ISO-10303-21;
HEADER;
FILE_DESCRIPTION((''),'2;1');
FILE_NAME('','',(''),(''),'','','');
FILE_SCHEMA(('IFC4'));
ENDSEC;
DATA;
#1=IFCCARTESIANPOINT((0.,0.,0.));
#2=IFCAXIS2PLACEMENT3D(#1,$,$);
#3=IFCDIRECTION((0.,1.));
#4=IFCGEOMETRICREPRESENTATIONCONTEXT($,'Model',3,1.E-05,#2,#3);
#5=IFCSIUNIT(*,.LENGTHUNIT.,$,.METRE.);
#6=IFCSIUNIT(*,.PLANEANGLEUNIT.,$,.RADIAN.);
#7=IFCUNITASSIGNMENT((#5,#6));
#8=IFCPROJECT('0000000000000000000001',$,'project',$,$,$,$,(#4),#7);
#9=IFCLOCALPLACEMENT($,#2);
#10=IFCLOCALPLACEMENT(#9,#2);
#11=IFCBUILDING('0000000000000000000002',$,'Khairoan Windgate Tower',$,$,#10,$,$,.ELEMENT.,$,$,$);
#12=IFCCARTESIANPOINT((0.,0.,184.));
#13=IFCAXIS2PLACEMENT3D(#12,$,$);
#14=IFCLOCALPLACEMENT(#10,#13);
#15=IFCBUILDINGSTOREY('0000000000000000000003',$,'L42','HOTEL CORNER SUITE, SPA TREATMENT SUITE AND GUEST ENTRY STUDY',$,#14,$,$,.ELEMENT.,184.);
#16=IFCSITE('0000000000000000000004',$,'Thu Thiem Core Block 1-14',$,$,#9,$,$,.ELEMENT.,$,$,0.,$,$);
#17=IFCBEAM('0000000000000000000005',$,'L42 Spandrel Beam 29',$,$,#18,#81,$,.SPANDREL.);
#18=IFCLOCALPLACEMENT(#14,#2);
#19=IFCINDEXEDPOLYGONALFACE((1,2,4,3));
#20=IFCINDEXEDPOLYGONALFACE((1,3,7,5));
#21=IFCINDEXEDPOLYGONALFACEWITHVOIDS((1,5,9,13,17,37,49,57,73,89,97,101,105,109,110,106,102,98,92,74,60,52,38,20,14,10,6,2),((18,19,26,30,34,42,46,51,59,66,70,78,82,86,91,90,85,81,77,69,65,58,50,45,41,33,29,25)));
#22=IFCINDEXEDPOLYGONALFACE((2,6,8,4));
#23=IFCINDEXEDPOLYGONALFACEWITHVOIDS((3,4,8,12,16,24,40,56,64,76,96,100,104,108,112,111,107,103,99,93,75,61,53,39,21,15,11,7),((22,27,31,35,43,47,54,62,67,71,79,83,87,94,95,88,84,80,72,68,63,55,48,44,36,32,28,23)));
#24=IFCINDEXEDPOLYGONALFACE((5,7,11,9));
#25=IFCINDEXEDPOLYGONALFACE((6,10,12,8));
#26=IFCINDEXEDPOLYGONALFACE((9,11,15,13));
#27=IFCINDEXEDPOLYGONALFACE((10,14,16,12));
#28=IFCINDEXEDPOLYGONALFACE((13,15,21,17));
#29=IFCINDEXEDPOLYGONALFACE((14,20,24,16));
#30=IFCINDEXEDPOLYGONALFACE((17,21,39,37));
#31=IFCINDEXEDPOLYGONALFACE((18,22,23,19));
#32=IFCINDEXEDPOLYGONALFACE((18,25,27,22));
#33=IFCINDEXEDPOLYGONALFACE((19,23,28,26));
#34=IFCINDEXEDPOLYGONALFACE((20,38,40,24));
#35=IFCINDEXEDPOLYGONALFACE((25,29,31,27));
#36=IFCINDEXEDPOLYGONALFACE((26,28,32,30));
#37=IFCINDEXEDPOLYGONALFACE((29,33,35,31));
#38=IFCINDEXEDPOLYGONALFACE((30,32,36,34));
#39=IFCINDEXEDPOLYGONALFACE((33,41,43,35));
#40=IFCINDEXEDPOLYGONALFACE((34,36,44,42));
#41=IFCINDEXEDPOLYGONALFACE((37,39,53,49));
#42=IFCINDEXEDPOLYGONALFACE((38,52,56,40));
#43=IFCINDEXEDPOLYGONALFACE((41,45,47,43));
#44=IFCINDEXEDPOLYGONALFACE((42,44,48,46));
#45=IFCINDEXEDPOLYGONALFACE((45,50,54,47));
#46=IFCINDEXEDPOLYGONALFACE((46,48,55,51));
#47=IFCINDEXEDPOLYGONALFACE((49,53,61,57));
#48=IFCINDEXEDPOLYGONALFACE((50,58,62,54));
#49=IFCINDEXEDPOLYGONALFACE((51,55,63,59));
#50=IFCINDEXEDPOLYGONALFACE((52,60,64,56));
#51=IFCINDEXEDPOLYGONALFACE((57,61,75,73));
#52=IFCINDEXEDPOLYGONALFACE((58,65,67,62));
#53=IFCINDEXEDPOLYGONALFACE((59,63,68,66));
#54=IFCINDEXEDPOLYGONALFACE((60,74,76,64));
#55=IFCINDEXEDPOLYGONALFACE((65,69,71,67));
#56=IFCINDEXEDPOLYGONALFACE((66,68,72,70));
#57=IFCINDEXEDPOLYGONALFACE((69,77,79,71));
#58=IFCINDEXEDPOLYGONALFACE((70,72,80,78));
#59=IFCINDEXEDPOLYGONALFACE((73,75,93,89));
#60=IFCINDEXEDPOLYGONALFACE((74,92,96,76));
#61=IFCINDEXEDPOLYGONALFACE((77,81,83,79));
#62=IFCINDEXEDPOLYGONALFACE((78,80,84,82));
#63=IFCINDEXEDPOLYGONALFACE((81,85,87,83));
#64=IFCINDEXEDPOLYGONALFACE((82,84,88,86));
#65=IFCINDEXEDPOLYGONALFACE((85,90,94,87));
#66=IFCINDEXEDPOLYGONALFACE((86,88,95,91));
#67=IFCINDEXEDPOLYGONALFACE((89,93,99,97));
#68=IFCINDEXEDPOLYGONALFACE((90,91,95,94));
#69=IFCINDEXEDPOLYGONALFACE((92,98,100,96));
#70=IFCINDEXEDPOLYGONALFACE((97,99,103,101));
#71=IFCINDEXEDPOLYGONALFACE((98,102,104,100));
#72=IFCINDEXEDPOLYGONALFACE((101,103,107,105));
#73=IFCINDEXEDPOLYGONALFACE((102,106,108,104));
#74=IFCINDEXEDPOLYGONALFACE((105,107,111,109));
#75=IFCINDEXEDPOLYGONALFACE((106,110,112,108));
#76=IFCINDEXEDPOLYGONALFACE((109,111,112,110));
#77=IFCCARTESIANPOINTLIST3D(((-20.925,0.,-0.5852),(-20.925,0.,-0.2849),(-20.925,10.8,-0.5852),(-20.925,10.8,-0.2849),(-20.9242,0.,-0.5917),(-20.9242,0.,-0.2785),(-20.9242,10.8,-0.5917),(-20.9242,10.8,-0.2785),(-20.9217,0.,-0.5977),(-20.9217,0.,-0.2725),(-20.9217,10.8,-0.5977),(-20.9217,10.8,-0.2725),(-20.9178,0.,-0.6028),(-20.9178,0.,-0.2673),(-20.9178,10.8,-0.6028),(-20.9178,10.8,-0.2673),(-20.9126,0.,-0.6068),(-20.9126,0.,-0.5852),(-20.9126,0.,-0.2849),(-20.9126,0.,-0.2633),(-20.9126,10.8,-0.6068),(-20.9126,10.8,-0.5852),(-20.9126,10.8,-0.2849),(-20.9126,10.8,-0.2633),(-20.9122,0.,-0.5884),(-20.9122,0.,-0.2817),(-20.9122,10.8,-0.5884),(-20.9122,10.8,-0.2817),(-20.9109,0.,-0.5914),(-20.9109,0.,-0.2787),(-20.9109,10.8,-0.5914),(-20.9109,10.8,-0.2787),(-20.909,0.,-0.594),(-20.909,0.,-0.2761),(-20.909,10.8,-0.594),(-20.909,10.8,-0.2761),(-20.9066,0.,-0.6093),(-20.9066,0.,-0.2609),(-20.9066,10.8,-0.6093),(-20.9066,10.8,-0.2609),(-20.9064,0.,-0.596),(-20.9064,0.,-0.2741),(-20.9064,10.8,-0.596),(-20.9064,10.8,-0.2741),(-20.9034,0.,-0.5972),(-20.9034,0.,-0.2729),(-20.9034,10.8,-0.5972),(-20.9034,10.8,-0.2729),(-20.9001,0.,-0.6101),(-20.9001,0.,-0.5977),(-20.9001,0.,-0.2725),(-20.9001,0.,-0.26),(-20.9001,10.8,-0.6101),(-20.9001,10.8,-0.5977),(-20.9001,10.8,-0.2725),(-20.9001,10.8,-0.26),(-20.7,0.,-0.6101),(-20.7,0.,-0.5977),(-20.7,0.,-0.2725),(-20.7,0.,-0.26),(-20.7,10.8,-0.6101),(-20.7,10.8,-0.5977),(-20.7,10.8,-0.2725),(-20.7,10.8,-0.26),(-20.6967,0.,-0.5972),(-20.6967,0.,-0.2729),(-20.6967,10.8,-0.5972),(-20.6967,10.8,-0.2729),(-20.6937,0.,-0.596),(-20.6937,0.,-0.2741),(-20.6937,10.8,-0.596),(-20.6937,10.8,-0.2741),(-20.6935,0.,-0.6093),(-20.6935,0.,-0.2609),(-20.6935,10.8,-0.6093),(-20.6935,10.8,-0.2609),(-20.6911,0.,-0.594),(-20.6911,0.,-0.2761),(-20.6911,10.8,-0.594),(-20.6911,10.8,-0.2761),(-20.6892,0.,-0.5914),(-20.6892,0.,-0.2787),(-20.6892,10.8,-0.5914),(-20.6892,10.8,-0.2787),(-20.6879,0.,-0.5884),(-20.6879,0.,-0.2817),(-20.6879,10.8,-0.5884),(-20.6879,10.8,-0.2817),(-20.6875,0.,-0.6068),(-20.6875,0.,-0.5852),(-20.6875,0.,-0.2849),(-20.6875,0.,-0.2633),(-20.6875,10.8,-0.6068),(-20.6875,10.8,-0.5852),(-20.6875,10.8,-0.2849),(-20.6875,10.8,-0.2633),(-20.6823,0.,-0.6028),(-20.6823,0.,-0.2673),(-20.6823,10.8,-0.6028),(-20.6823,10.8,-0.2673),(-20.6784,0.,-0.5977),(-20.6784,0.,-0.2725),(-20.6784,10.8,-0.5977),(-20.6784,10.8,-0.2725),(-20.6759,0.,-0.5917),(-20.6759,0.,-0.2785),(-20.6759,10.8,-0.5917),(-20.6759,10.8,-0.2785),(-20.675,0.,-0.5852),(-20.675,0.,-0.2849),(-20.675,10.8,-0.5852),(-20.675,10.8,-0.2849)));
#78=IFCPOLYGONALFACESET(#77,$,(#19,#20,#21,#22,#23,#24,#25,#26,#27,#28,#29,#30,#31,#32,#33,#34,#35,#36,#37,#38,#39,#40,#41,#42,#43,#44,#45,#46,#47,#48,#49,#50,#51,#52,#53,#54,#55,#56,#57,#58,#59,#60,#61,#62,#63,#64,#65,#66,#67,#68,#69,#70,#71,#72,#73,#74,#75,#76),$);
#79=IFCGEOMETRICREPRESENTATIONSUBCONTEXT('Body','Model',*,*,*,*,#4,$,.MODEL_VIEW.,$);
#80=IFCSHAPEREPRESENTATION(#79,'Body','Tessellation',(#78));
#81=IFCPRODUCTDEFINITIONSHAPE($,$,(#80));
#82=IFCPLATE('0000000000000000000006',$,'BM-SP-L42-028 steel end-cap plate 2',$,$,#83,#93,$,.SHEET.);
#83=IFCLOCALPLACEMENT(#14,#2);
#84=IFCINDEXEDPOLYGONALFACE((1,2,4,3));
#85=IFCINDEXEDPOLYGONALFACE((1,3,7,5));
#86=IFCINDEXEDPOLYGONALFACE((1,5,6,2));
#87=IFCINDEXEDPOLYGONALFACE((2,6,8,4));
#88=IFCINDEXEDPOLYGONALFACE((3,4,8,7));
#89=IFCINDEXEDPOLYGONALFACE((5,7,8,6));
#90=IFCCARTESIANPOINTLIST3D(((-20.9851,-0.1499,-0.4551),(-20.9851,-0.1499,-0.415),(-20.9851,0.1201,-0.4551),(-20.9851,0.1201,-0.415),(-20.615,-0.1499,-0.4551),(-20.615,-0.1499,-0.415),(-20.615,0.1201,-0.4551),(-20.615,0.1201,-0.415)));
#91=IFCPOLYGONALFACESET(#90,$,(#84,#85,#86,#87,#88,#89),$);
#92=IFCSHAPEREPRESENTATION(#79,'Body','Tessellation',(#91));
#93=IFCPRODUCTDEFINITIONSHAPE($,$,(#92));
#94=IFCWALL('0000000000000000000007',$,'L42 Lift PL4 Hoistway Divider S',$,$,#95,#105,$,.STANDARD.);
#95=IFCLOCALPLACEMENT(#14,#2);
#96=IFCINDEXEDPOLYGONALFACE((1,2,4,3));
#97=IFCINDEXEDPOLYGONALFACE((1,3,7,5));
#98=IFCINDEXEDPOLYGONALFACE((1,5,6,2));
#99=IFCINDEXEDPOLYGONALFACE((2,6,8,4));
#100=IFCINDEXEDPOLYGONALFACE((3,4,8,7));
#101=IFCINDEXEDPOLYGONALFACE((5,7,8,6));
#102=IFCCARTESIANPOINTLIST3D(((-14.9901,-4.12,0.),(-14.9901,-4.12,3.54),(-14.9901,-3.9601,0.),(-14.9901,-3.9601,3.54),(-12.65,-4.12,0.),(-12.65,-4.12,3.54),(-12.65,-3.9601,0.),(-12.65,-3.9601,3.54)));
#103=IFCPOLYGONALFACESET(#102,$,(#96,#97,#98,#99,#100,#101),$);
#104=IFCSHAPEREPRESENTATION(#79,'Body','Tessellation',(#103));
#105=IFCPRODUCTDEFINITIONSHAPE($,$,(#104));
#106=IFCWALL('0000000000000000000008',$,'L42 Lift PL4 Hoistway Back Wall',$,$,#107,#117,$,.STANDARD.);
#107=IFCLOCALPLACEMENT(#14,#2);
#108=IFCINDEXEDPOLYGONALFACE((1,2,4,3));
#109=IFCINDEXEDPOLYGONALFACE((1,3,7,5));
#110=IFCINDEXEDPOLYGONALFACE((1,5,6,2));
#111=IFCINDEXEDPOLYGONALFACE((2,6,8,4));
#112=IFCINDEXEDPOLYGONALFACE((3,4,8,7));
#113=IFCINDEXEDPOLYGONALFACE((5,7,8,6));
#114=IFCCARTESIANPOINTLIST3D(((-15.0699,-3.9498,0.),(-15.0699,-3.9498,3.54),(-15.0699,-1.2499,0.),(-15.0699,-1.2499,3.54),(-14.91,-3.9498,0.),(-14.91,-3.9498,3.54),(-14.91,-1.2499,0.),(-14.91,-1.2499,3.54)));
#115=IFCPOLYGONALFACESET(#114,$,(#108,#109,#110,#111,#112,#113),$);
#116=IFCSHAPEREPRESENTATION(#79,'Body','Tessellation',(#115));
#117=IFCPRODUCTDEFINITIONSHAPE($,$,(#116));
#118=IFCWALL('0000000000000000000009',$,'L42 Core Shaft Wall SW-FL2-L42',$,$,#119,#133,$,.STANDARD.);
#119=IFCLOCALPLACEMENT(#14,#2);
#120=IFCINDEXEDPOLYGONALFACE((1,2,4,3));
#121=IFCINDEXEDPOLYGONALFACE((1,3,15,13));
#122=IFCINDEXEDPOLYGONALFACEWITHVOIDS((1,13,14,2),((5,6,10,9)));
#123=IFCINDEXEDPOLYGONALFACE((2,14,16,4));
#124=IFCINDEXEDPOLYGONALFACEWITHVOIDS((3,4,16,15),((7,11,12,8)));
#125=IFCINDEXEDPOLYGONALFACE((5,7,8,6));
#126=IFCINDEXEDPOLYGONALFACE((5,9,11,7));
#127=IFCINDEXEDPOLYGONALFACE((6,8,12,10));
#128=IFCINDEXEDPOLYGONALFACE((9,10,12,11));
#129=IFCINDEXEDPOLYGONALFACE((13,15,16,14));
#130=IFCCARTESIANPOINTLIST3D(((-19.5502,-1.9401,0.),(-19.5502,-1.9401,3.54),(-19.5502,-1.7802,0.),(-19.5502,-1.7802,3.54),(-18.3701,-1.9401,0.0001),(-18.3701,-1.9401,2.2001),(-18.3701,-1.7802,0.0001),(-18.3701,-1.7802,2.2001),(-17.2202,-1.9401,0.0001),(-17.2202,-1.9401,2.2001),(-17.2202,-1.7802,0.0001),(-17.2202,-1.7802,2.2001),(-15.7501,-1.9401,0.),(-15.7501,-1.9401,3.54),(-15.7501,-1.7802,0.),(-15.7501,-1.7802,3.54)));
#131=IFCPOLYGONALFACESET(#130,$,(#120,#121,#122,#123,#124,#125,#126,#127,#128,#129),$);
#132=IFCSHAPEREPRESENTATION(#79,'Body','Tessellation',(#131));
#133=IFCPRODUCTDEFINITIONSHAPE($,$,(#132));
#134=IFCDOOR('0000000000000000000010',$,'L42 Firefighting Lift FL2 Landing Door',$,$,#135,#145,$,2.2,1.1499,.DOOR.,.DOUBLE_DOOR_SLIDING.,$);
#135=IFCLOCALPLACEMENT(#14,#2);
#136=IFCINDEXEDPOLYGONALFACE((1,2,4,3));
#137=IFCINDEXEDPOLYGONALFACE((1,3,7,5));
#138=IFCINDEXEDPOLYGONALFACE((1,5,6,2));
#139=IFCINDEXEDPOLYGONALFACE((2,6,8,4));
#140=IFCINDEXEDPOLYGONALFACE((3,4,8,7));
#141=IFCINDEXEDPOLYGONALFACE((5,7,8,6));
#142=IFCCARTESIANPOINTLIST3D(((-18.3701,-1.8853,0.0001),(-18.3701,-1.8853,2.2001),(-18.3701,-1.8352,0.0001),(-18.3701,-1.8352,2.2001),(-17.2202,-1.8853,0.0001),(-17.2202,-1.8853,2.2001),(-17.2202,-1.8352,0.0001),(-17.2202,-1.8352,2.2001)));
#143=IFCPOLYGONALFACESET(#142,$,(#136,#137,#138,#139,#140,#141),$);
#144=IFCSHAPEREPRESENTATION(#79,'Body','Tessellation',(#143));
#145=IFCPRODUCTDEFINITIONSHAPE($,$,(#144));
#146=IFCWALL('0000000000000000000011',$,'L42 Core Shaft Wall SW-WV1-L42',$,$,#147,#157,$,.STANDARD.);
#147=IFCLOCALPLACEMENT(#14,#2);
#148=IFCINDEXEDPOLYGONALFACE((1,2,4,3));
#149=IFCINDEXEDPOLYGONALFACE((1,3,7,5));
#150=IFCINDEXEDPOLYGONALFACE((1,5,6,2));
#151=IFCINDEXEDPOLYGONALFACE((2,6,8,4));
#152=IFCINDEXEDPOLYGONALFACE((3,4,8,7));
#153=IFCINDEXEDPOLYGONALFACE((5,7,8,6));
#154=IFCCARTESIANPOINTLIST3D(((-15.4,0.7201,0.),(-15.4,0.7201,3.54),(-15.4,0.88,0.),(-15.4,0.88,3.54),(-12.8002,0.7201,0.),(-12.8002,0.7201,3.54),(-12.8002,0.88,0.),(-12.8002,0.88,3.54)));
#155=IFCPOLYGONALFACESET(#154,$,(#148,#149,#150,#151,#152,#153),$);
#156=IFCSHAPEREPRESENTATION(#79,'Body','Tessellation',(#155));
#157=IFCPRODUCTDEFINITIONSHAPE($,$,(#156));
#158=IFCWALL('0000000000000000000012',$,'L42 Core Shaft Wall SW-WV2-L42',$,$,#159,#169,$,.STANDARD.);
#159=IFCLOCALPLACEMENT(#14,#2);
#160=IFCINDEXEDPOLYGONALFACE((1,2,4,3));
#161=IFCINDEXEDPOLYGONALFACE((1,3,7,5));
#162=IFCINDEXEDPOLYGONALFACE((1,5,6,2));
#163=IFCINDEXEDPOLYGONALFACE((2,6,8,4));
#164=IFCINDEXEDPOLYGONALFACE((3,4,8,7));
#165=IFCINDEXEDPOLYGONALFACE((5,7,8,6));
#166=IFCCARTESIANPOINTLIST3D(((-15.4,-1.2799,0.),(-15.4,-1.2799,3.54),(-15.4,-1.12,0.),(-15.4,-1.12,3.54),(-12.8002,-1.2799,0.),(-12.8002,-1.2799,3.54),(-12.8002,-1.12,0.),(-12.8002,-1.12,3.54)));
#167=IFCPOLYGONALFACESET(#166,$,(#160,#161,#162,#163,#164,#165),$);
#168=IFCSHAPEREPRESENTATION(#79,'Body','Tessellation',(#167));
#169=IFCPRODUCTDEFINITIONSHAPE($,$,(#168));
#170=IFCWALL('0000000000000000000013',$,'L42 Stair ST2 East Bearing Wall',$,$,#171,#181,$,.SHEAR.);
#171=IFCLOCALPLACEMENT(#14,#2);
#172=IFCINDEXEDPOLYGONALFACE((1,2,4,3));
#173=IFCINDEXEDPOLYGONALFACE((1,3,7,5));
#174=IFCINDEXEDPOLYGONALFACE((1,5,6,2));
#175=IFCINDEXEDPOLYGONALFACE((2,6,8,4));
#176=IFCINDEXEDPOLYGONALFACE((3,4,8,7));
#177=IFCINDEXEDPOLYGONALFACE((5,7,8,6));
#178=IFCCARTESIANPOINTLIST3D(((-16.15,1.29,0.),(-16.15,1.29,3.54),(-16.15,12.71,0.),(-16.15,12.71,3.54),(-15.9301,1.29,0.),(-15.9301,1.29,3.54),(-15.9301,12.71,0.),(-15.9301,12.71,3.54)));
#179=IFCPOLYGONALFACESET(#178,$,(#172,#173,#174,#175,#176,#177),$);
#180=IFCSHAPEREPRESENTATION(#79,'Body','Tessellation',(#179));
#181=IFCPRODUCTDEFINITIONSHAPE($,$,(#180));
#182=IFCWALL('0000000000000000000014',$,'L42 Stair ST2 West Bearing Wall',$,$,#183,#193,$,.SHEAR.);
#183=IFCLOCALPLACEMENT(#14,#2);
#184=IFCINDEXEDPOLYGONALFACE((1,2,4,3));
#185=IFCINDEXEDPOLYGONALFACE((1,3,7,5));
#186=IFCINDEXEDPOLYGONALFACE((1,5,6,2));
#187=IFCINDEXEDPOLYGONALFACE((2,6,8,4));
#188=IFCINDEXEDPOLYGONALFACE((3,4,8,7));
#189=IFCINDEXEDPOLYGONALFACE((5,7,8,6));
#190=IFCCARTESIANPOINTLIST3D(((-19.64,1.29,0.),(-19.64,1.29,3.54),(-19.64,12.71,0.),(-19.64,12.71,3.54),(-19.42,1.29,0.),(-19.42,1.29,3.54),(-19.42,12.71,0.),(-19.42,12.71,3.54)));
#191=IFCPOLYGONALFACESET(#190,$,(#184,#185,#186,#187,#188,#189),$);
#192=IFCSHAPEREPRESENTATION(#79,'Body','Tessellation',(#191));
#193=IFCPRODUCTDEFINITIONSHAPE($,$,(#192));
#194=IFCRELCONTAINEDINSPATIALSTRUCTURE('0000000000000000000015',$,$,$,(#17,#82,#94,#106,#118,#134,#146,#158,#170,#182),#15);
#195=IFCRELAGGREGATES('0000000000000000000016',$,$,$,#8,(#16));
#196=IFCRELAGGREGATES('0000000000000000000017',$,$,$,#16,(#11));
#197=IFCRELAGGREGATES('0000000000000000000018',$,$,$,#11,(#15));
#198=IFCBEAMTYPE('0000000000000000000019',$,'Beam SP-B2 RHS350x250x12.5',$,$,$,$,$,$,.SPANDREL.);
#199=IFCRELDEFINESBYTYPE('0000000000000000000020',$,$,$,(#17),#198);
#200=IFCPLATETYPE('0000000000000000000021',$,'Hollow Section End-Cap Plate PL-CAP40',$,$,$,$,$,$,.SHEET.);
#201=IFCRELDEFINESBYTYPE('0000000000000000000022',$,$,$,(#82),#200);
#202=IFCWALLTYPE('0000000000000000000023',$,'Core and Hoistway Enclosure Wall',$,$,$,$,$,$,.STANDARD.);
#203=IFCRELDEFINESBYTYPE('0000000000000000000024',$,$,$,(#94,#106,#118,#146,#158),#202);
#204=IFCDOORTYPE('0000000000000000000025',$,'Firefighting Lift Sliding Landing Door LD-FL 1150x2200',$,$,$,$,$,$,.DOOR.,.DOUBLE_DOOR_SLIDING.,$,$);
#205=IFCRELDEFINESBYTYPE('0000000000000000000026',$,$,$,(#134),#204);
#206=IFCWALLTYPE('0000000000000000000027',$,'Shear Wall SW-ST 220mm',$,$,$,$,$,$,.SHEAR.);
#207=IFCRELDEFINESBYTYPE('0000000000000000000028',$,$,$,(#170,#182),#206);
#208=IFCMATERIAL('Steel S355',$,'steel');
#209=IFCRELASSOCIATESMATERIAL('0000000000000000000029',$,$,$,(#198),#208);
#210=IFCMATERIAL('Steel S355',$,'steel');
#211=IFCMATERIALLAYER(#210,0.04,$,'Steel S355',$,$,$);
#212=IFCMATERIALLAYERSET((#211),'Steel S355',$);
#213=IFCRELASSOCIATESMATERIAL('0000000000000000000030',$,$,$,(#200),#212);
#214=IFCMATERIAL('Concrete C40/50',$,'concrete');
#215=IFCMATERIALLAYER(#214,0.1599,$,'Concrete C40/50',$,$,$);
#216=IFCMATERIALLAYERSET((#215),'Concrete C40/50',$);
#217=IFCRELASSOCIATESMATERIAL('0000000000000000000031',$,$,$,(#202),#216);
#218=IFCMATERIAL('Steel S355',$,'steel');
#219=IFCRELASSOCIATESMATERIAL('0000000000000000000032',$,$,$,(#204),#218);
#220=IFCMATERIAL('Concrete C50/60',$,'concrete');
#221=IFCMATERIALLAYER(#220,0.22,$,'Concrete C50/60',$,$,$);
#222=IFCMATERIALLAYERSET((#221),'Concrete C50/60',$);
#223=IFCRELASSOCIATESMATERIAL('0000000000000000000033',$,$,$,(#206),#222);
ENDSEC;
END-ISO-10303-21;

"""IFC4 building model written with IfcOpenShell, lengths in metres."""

from ifc_helpers import new_model, si_unit, direction, frame, frame_2d, origin, origin_2d, place, context, subcontext, project, spatial, rectangle, hollow_rectangle, extrude, material, layer, layer_set, material_profile, profile_set, type_object, element, fill, save


model = new_model("IFC4")

# Units and contexts
model_context = context("Model", 3, precision=1e-05, world=origin(), true_north=direction((0.0, 1.0)))
body_context = subcontext(model_context, "Body", "Model", "MODEL_VIEW")
ifc_project = project(units=[si_unit("LENGTHUNIT", "METRE"), si_unit("PLANEANGLEUNIT", "RADIAN")], contexts=[model_context])

# Site, building, storey
site_placement = place(None, origin())
site = spatial("IfcSite", under=ifc_project, at=site_placement, Name="Thu Thiem Core Block 1-14", CompositionType="ELEMENT", RefElevation=0.0)
building_placement = place(site_placement, origin())
building = spatial("IfcBuilding", under=site, at=building_placement, Name="Khairoan Windgate Tower", CompositionType="ELEMENT")
storey_placement = place(building_placement, frame((0.0, 0.0, 184.0)))
storey = spatial("IfcBuildingStorey", under=building, at=storey_placement, Name="L42", Description="HOTEL CORNER SUITE, SPA TREATMENT SUITE AND GUEST ENTRY STUDY", CompositionType="ELEMENT", Elevation=184.0)

# Beam
ifc_material_1 = material(Name="Steel S355", Category="steel")
ifc_material_profile_1 = material_profile(ifc_material_1, hollow_rectangle(XDim=0.25, YDim=0.3501, WallThickness=0.0125, InnerFilletRadius=0.0125, OuterFilletRadius=0.0249, at=origin_2d()))
ifc_profile_set_1 = profile_set([ifc_material_profile_1], Name="Steel S355")
beam_type_1 = type_object("IfcBeamType", Name="Beam SP-B2 RHS350x250x12.5", PredefinedType="SPANDREL", material=ifc_profile_set_1)
beam_1_placement = place(storey_placement, frame((-20.8, 0.0, -0.4351), z_axis=(0.0, 1.0, 0.0), x_axis=(-1.0, 0.0, 0.0)))
element("IfcBeam", 1, at=beam_1_placement, inside=storey, type_object=beam_type_1, Name="L42 Spandrel Beam 29", PredefinedType="SPANDREL", context=body_context, shape_type="SweptSolid", body=[
    extrude(hollow_rectangle(XDim=0.25, YDim=0.3501, WallThickness=0.0125, InnerFilletRadius=0.0125, OuterFilletRadius=0.0249, at=origin_2d()), origin(), (0.0, 0.0, 1.0), 10.8),
])

# Plate
ifc_material_2 = material(Name="Steel S355", Category="steel")
ifc_layer_1 = layer(ifc_material_2, 0.04, Name="Steel S355")
ifc_layer_set_1 = layer_set([ifc_layer_1], Name="Steel S355")
plate_type = type_object("IfcPlateType", Name="Hollow Section End-Cap Plate PL-CAP40", PredefinedType="SHEET", material=ifc_layer_set_1)
plate_placement = place(storey_placement, frame((-20.8, -0.0149, -0.4551), z_axis=(0.0, 0.0, 1.0), x_axis=(0.0, 1.0, 0.0)))
element("IfcPlate", 2, at=plate_placement, inside=storey, type_object=plate_type, Name="BM-SP-L42-028 steel end-cap plate 2", PredefinedType="SHEET", context=body_context, shape_type="SweptSolid", body=[
    extrude(rectangle(XDim=0.27, YDim=0.3701, at=origin_2d()), origin(), (0.0, 0.0, 1.0), 0.04),
])

# Walls
ifc_material_3 = material(Name="Concrete C40/50", Category="concrete")
ifc_layer_2 = layer(ifc_material_3, 0.1599, Name="Concrete C40/50")
ifc_layer_set_2 = layer_set([ifc_layer_2], Name="Concrete C40/50")
wall_type_1 = type_object("IfcWallType", Name="Core and Hoistway Enclosure Wall", PredefinedType="STANDARD", material=ifc_layer_set_2)
wall_1_placement = place(storey_placement, frame((-14.99, -4.04, 0.0), z_axis=(0.0, 0.0, 1.0), x_axis=(1.0, 0.0, 0.0)))
element("IfcWall", 3, at=wall_1_placement, inside=storey, type_object=wall_type_1, Name="L42 Lift PL4 Hoistway Divider S", PredefinedType="STANDARD", context=body_context, shape_type="SweptSolid", body=[
    extrude(rectangle(XDim=2.3401, YDim=0.1599, at=frame_2d((1.1699, 0.0))), origin(), (0.0, 0.0, 1.0), 3.54),
])
wall_2_placement = place(storey_placement, frame((-14.99, -3.95, 0.0), z_axis=(0.0, 0.0, 1.0), x_axis=(0.0, 1.0, 0.0)))
element("IfcWall", 4, at=wall_2_placement, inside=storey, type_object=wall_type_1, Name="L42 Lift PL4 Hoistway Back Wall", PredefinedType="STANDARD", context=body_context, shape_type="SweptSolid", body=[
    extrude(rectangle(XDim=2.7, YDim=0.1599, at=frame_2d((1.3501, 0.0))), origin(), (0.0, 0.0, 1.0), 3.54),
])

# Wall, opening, door
wall_3_placement = place(storey_placement, frame((-19.55, -1.8601, 0.0), z_axis=(0.0, 0.0, 1.0), x_axis=(1.0, 0.0, 0.0)))
wall_3 = element("IfcWall", 5, at=wall_3_placement, inside=storey, type_object=wall_type_1, Name="L42 Core Shaft Wall SW-FL2-L42", PredefinedType="STANDARD", context=body_context, shape_type="SweptSolid", body=[
    extrude(rectangle(XDim=3.8, YDim=0.1599, at=frame_2d((1.8999, 0.0))), origin(), (0.0, 0.0, 1.0), 3.54),
])
opening_1_placement = place(wall_3_placement, frame((1.1799, 0.0, 0.0)))
opening_1 = element("IfcOpeningElement", 6, at=opening_1_placement, cuts=wall_3, PredefinedType="OPENING", context=body_context, shape_type="SweptSolid", body=[
    extrude(rectangle(XDim=1.1499, YDim=2.2, at=frame_2d((0.575, 1.1001))), frame((0.0, 0.0898, 0.0), z_axis=(0.0, -1.0, 0.0), x_axis=(1.0, 0.0, 0.0)), (0.0, 0.0, 1.0), 0.1799),
])
ifc_material_4 = material(Name="Steel S355", Category="steel")
door_type_1 = type_object("IfcDoorType", Name="Firefighting Lift Sliding Landing Door LD-FL 1150x2200", OperationType="DOUBLE_DOOR_SLIDING", PredefinedType="DOOR", material=ifc_material_4)
door_1_placement = place(opening_1_placement, origin())
door_1 = element("IfcDoor", 7, at=door_1_placement, inside=storey, type_object=door_type_1, Name="L42 Firefighting Lift FL2 Landing Door", OperationType="DOUBLE_DOOR_SLIDING", OverallHeight=2.2, OverallWidth=1.1499, PredefinedType="DOOR", context=body_context, shape_type="SweptSolid", body=[
    extrude(rectangle(XDim=1.1499, YDim=2.2, at=frame_2d((0.575, 1.1001))), frame((0.0, 0.0249, 0.0), z_axis=(0.0, -1.0, 0.0), x_axis=(1.0, 0.0, 0.0)), (0.0, 0.0, 1.0), 0.05),
])
fill(opening_1, door_1)

# Walls
for number, where, z_axis, x_axis, name in (
    (8, (-15.3999, 0.8, 0.0), (0.0, 0.0, 1.0), (1.0, 0.0, 0.0), "L42 Core Shaft Wall SW-WV1-L42"),
    (9, (-15.3999, -1.2, 0.0), (0.0, 0.0, 1.0), (1.0, 0.0, 0.0), "L42 Core Shaft Wall SW-WV2-L42"),
):
    element("IfcWall", number, at=place(storey_placement, frame(where, z_axis=z_axis, x_axis=x_axis)), inside=storey, type_object=wall_type_1, Name=name, PredefinedType="STANDARD", context=body_context, shape_type="SweptSolid", body=[
        extrude(rectangle(XDim=2.5999, YDim=0.1599, at=frame_2d((1.2998, 0.0))), origin(), (0.0, 0.0, 1.0), 3.54),
    ])
ifc_material_5 = material(Name="Concrete C50/60", Category="concrete")
ifc_layer_3 = layer(ifc_material_5, 0.22, Name="Concrete C50/60")
ifc_layer_set_3 = layer_set([ifc_layer_3], Name="Concrete C50/60")
wall_type_2 = type_object("IfcWallType", Name="Shear Wall SW-ST 220mm", PredefinedType="SHEAR", material=ifc_layer_set_3)
for number, where, z_axis, x_axis, name in (
    (10, (-16.04, 1.29, 0.0), (0.0, 0.0, 1.0), (0.0, 1.0, 0.0), "L42 Stair ST2 East Bearing Wall"),
    (11, (-19.53, 1.29, 0.0), (0.0, 0.0, 1.0), (0.0, 1.0, 0.0), "L42 Stair ST2 West Bearing Wall"),
):
    element("IfcWall", number, at=place(storey_placement, frame(where, z_axis=z_axis, x_axis=x_axis)), inside=storey, type_object=wall_type_2, Name=name, PredefinedType="SHEAR", context=body_context, shape_type="SweptSolid", body=[
        extrude(rectangle(XDim=11.4199, YDim=0.22, at=frame_2d((5.71, 0.0))), origin(), (0.0, 0.0, 1.0), 3.54),
    ])

save(model, "model.ifc")
